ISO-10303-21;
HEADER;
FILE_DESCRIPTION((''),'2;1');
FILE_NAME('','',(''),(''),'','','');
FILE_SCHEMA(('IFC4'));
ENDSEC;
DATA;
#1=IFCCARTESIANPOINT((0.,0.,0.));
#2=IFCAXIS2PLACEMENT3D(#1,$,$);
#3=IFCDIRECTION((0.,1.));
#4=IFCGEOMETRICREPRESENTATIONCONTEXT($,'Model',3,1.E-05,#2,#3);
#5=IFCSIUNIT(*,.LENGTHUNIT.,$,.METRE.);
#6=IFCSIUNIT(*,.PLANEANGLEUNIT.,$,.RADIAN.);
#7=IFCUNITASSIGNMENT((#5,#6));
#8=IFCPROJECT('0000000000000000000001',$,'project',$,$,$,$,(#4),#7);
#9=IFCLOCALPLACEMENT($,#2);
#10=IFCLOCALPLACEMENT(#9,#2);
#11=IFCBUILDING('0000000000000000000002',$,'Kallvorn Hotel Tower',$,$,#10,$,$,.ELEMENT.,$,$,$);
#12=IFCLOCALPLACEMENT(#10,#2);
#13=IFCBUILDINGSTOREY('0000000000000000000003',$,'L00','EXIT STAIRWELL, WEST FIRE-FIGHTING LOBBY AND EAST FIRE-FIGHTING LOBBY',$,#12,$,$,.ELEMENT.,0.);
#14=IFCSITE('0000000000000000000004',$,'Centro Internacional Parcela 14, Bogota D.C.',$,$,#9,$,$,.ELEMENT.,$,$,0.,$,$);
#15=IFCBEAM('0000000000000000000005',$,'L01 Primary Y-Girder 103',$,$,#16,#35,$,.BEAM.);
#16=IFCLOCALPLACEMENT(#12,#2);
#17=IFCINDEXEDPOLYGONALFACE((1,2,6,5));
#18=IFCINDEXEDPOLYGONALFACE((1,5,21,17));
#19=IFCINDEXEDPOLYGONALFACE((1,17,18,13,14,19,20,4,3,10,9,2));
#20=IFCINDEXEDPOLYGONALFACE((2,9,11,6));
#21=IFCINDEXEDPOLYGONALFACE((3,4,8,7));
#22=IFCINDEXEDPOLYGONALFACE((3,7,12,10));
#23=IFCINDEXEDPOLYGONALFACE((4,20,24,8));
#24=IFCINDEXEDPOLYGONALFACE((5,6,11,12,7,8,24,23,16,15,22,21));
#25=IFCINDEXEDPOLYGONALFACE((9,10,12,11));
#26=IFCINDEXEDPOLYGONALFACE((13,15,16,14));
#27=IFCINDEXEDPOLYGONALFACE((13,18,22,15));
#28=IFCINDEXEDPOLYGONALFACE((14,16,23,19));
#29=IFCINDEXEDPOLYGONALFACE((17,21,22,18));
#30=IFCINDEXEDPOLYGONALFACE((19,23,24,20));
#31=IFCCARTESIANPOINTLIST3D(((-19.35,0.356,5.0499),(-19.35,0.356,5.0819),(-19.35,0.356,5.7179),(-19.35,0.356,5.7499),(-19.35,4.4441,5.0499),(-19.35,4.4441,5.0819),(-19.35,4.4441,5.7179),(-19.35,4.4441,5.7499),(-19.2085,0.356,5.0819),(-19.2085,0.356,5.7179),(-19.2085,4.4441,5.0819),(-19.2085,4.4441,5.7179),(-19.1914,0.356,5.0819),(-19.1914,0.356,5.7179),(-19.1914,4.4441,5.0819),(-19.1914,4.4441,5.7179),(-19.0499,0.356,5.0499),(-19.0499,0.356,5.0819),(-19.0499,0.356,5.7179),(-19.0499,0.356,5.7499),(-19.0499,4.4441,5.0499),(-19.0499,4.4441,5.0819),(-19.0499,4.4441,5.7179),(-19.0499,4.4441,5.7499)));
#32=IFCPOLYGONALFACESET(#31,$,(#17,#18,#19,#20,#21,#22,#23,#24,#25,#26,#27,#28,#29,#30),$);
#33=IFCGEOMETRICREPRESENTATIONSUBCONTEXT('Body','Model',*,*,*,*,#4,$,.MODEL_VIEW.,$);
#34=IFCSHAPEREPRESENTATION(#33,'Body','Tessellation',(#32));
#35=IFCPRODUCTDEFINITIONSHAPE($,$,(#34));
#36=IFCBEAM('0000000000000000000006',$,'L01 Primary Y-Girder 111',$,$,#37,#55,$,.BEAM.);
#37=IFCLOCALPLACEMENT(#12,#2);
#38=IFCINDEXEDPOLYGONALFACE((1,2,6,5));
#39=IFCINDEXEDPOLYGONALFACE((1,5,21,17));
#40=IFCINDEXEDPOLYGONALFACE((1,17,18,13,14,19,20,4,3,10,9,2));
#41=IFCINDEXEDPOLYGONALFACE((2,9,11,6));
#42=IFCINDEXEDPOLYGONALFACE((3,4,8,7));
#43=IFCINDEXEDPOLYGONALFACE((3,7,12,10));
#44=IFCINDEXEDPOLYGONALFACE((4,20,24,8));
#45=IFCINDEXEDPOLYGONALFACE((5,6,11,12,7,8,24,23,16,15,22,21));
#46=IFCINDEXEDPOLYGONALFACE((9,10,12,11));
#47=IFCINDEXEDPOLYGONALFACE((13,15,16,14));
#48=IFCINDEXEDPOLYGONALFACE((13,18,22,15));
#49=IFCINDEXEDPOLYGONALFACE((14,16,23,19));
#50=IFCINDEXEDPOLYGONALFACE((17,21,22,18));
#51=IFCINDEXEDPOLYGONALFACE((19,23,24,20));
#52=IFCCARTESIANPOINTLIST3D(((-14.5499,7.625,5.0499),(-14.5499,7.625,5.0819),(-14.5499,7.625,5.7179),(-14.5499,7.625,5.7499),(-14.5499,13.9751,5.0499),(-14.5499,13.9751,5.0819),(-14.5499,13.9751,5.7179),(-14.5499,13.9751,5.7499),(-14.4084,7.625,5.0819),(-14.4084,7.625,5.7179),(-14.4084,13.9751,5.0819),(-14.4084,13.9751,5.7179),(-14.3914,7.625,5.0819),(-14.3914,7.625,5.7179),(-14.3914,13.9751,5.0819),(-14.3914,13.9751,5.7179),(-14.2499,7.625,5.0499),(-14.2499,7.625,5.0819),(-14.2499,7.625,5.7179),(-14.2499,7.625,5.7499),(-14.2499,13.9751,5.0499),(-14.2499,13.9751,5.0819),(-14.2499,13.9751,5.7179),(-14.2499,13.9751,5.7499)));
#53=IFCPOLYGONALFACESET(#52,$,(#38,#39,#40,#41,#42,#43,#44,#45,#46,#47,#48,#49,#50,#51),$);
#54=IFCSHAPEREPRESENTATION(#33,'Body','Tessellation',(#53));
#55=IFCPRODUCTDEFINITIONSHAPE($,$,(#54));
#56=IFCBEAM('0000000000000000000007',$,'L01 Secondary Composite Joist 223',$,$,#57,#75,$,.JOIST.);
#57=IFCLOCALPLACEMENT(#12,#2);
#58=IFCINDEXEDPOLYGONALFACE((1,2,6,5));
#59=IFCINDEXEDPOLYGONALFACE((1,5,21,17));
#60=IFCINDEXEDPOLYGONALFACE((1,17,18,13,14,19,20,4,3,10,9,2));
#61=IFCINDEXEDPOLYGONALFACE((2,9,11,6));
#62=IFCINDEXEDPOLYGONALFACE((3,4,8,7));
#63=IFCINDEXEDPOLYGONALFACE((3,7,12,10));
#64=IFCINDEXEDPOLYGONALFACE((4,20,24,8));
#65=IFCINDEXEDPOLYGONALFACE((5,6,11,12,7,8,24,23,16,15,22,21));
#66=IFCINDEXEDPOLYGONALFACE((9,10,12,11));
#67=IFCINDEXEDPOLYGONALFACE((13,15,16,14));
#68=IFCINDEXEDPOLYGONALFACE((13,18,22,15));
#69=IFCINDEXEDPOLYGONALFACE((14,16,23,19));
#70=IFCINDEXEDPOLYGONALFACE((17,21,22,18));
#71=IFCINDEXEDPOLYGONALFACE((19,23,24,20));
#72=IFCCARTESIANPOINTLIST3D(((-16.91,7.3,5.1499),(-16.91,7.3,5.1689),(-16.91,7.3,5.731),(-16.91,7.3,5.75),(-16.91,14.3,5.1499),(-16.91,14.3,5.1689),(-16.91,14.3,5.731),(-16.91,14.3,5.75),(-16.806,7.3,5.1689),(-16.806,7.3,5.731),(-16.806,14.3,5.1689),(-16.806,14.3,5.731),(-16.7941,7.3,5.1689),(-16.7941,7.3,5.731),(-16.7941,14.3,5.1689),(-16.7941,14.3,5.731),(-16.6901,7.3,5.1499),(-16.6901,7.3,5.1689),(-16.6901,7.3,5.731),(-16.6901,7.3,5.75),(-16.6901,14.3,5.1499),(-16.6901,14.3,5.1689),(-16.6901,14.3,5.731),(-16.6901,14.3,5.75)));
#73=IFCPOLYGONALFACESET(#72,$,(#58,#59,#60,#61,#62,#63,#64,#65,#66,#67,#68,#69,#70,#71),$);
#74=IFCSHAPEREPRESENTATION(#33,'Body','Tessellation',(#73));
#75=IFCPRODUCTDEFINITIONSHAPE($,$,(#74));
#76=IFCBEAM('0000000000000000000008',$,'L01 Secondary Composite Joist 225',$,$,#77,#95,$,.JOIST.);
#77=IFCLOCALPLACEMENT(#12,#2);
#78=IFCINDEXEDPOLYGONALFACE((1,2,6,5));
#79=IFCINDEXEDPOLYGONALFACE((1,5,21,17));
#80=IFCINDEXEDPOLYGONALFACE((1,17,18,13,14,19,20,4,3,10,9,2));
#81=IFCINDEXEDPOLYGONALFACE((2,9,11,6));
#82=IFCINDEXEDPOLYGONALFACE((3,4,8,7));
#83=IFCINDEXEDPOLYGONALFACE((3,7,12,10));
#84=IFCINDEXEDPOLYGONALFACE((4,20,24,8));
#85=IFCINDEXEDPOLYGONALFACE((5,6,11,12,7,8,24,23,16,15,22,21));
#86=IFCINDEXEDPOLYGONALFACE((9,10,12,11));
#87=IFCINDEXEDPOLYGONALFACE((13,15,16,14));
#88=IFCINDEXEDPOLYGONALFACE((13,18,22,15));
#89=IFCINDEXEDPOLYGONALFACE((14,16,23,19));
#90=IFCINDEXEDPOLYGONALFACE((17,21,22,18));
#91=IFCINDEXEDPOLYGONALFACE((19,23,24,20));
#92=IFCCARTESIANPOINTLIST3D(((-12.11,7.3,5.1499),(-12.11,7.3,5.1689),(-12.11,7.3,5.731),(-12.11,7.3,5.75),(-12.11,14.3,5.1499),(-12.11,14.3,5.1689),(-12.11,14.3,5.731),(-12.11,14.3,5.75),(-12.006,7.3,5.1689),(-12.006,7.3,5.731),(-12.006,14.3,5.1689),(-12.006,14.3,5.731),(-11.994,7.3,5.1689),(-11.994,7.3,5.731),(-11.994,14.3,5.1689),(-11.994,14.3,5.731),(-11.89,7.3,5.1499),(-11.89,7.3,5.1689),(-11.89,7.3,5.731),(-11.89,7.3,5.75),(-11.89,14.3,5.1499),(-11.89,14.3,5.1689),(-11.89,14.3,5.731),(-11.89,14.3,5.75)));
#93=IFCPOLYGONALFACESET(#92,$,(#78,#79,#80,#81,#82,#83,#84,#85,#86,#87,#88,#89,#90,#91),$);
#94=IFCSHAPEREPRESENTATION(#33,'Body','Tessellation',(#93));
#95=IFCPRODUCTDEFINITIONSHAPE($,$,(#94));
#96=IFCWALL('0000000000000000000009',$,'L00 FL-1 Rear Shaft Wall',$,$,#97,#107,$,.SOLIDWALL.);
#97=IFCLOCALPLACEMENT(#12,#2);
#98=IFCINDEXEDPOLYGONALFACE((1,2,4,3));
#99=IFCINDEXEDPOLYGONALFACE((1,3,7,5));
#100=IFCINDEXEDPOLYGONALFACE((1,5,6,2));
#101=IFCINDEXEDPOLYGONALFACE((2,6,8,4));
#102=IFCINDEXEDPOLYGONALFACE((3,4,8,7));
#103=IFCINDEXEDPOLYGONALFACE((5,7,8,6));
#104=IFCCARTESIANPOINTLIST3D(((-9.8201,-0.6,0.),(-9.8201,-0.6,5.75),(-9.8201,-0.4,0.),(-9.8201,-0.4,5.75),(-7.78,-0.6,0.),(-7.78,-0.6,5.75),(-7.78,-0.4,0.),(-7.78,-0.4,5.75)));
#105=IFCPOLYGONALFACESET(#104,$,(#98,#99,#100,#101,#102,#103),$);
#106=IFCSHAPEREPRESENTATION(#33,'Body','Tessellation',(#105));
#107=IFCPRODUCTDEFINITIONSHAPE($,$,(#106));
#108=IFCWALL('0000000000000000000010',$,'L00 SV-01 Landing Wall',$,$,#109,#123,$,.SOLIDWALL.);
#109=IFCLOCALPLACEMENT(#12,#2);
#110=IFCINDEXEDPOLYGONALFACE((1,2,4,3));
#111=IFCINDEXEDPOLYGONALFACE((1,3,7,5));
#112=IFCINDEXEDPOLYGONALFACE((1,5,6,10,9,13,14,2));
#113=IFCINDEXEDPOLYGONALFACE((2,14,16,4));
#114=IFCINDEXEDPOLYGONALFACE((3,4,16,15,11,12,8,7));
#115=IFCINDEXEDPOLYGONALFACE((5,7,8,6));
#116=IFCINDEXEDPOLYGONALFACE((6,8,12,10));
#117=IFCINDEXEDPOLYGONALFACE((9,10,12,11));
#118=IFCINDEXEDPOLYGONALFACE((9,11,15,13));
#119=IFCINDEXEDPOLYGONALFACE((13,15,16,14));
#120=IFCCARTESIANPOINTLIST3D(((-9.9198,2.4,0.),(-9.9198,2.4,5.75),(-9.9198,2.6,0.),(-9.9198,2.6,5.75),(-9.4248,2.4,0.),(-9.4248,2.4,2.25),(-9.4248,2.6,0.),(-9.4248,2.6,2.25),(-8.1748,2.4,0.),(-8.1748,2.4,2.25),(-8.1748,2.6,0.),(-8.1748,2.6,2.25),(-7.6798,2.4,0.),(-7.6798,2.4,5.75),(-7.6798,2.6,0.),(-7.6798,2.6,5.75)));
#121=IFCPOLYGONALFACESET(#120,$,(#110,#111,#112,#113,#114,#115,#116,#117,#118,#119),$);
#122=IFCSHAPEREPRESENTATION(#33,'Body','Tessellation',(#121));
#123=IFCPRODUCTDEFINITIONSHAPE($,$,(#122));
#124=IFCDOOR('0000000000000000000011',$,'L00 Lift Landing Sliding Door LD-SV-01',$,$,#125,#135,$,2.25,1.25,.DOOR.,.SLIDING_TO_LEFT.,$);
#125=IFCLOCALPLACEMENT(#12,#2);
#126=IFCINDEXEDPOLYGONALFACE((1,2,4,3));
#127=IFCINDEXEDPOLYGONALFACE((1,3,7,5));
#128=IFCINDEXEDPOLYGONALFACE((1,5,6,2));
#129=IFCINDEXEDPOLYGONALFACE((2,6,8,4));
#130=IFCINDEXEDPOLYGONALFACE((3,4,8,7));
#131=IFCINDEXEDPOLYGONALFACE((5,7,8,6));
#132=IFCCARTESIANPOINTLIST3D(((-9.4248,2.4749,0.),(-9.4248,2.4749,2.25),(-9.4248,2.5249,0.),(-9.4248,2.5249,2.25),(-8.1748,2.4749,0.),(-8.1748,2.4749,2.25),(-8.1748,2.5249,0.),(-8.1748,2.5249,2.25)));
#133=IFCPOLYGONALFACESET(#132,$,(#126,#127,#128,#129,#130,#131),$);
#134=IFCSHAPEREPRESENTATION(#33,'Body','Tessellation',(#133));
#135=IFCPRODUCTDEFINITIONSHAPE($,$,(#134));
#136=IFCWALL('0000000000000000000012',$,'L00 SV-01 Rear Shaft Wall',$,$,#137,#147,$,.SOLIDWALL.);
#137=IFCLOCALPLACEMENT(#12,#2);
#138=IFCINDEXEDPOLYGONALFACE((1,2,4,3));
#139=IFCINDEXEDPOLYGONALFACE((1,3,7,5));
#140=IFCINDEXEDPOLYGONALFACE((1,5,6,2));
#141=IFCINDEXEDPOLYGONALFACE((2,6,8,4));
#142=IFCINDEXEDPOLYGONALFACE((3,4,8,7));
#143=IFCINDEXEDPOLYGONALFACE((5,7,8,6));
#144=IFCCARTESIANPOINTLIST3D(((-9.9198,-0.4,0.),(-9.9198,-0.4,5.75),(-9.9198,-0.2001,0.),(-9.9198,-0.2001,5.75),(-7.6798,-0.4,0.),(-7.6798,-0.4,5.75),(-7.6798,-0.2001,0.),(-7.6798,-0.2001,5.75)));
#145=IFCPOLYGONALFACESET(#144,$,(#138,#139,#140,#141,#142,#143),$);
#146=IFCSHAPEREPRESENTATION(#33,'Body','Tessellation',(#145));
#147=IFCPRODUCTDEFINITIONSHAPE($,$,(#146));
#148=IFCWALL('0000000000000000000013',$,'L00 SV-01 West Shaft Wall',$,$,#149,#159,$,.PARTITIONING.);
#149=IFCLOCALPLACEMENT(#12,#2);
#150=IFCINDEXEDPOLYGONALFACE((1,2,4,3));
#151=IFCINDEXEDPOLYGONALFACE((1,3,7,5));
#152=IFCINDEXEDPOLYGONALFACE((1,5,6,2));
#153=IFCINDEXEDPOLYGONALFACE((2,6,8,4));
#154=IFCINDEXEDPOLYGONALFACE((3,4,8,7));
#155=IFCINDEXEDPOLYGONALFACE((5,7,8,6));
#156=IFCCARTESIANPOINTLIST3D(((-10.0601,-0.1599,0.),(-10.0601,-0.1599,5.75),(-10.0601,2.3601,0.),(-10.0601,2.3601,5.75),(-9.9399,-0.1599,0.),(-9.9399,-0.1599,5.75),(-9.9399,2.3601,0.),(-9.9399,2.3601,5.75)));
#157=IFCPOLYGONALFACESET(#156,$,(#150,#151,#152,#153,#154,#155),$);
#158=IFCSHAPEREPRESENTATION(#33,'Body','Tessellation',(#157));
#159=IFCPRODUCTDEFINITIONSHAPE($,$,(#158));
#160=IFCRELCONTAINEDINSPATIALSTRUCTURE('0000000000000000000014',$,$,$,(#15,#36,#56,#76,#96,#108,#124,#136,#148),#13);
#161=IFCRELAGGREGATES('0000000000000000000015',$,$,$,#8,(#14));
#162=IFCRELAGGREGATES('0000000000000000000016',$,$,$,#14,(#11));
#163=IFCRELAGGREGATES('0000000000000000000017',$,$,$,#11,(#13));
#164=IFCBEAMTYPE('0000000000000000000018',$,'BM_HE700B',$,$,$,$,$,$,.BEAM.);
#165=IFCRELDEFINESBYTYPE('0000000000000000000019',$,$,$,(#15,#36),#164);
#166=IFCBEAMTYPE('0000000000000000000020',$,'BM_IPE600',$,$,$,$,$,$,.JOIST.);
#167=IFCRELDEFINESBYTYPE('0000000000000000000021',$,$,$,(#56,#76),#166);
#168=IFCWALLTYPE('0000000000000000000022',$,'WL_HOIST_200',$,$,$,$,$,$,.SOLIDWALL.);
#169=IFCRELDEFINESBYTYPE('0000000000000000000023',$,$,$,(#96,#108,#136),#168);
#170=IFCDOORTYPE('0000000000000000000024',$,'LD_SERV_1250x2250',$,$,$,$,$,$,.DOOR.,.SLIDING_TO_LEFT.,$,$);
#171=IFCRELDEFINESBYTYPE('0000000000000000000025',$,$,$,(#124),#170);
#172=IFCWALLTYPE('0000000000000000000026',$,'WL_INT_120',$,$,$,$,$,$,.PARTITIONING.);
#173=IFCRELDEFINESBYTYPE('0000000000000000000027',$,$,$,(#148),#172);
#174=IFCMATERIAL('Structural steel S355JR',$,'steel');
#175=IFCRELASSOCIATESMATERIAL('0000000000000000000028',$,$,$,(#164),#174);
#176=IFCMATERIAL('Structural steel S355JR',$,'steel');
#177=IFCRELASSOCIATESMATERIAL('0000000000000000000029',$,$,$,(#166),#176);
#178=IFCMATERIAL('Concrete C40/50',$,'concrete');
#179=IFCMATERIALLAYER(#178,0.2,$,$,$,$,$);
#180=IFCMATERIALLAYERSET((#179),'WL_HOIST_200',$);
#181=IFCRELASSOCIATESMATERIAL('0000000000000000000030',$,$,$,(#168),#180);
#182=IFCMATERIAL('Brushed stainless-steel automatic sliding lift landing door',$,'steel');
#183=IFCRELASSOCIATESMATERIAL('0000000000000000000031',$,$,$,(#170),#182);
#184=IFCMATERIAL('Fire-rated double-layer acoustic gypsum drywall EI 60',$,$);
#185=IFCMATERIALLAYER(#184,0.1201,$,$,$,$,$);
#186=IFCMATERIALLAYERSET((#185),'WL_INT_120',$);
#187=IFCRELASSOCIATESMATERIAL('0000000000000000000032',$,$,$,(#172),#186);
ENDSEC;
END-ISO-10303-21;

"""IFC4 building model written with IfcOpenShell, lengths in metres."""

from ifc_helpers import new_model, si_unit, direction, frame, frame_2d, origin, origin_2d, place, context, subcontext, project, spatial, rectangle, i_section, extrude, material, layer, layer_set, material_profile, profile_set, type_object, element, fill, save


model = new_model("IFC4")

# Units and contexts
model_context = context("Model", 3, precision=1e-05, world=origin(), true_north=direction((0.0, 1.0)))
body_context = subcontext(model_context, "Body", "Model", "MODEL_VIEW")
ifc_project = project(units=[si_unit("LENGTHUNIT", "METRE"), si_unit("PLANEANGLEUNIT", "RADIAN")], contexts=[model_context])

# Site, building, storey
site_placement = place(None, origin())
site = spatial("IfcSite", under=ifc_project, at=site_placement, Name="Centro Internacional Parcela 14, Bogota D.C.", CompositionType="ELEMENT", RefElevation=0.0)
building_placement = place(site_placement, origin())
building = spatial("IfcBuilding", under=site, at=building_placement, Name="Kallvorn Hotel Tower", CompositionType="ELEMENT")
storey_placement = place(building_placement, origin())
storey = spatial("IfcBuildingStorey", under=building, at=storey_placement, Name="L00", Description="EXIT STAIRWELL, WEST FIRE-FIGHTING LOBBY AND EAST FIRE-FIGHTING LOBBY", CompositionType="ELEMENT", Elevation=0.0)

# Beams
ifc_material_1 = material(Name="Structural steel S355JR", Category="steel")
ifc_material_profile_1 = material_profile(ifc_material_1, i_section(OverallWidth=0.3, OverallDepth=0.7, WebThickness=0.0171, FlangeThickness=0.032, at=origin_2d()), Name="HE 700 B")
ifc_profile_set_1 = profile_set([ifc_material_profile_1], Name="Structural steel S355JR")
beam_type_1 = type_object("IfcBeamType", Name="BM_HE700B", PredefinedType="BEAM", material=ifc_profile_set_1)
beam_1_placement = place(storey_placement, frame((-19.2, 0.356, 5.3999), z_axis=(0.0, 1.0, 0.0), x_axis=(-1.0, 0.0, 0.0)))
element("IfcBeam", 1, at=beam_1_placement, inside=storey, type_object=beam_type_1, Name="L01 Primary Y-Girder 103", PredefinedType="BEAM", context=body_context, shape_type="SweptSolid", body=[
    extrude(i_section(OverallWidth=0.3, OverallDepth=0.7, WebThickness=0.0171, FlangeThickness=0.032, at=origin_2d()), origin(), (0.0, 0.0, 1.0), 4.0881),
])
beam_2_placement = place(storey_placement, frame((-14.3999, 7.625, 5.3999), z_axis=(0.0, 1.0, 0.0), x_axis=(-1.0, 0.0, 0.0)))
element("IfcBeam", 2, at=beam_2_placement, inside=storey, type_object=beam_type_1, Name="L01 Primary Y-Girder 111", PredefinedType="BEAM", context=body_context, shape_type="SweptSolid", body=[
    extrude(i_section(OverallWidth=0.3, OverallDepth=0.7, WebThickness=0.0171, FlangeThickness=0.032, at=origin_2d()), origin(), (0.0, 0.0, 1.0), 6.3501),
])
ifc_material_2 = material(Name="Structural steel S355JR", Category="steel")
ifc_material_profile_2 = material_profile(ifc_material_2, i_section(OverallWidth=0.22, OverallDepth=0.6001, WebThickness=0.012, FlangeThickness=0.019, at=origin_2d()), Name="IPE 600")
ifc_profile_set_2 = profile_set([ifc_material_profile_2], Name="Structural steel S355JR")
beam_type_2 = type_object("IfcBeamType", Name="BM_IPE600", PredefinedType="JOIST", material=ifc_profile_set_2)
for number, where, z_axis, x_axis, name in (
    (3, (-16.8, 7.3, 5.45), (0.0, 1.0, 0.0), (-1.0, 0.0, 0.0), "L01 Secondary Composite Joist 223"),
    (4, (-12.0, 7.3, 5.45), (0.0, 1.0, 0.0), (-1.0, 0.0, 0.0), "L01 Secondary Composite Joist 225"),
):
    element("IfcBeam", number, at=place(storey_placement, frame(where, z_axis=z_axis, x_axis=x_axis)), inside=storey, type_object=beam_type_2, Name=name, PredefinedType="JOIST", context=body_context, shape_type="SweptSolid", body=[
        extrude(i_section(OverallWidth=0.22, OverallDepth=0.6001, WebThickness=0.012, FlangeThickness=0.019, at=origin_2d()), origin(), (0.0, 0.0, 1.0), 7.0),
    ])

# Wall
ifc_material_3 = material(Name="Concrete C40/50", Category="concrete")
ifc_layer_1 = layer(ifc_material_3, 0.2)
ifc_layer_set_1 = layer_set([ifc_layer_1], Name="WL_HOIST_200")
wall_type_1 = type_object("IfcWallType", Name="WL_HOIST_200", PredefinedType="SOLIDWALL", material=ifc_layer_set_1)
wall_1_placement = place(storey_placement, frame((-9.8201, -0.5, 0.0), z_axis=(0.0, 0.0, 1.0), x_axis=(1.0, 0.0, 0.0)))
element("IfcWall", 5, at=wall_1_placement, inside=storey, type_object=wall_type_1, Name="L00 FL-1 Rear Shaft Wall", PredefinedType="SOLIDWALL", context=body_context, shape_type="SweptSolid", body=[
    extrude(rectangle(XDim=2.04, YDim=0.2, at=frame_2d((1.02, 0.0))), origin(), (0.0, 0.0, 1.0), 5.75),
])

# Wall, opening, door
wall_2_placement = place(storey_placement, frame((-9.9199, 2.5, 0.0), z_axis=(0.0, 0.0, 1.0), x_axis=(1.0, 0.0, 0.0)))
wall_2 = element("IfcWall", 6, at=wall_2_placement, inside=storey, type_object=wall_type_1, Name="L00 SV-01 Landing Wall", PredefinedType="SOLIDWALL", context=body_context, shape_type="SweptSolid", body=[
    extrude(rectangle(XDim=2.24, YDim=0.2, at=frame_2d((1.1201, 0.0))), origin(), (0.0, 0.0, 1.0), 5.75),
])
opening_1_placement = place(wall_2_placement, frame((0.4951, 0.0, 0.0)))
opening_1 = element("IfcOpeningElement", 7, at=opening_1_placement, cuts=wall_2, PredefinedType="OPENING", context=body_context, shape_type="SweptSolid", body=[
    extrude(rectangle(XDim=1.25, YDim=2.25, at=frame_2d((0.625, 1.125))), frame((0.0, 0.115, 0.0), z_axis=(0.0, -1.0, 0.0), x_axis=(1.0, 0.0, 0.0)), (0.0, 0.0, 1.0), 0.23),
])
ifc_material_4 = material(Name="Brushed stainless-steel automatic sliding lift landing door", Category="steel")
door_type_1 = type_object("IfcDoorType", Name="LD_SERV_1250x2250", OperationType="SLIDING_TO_LEFT", PredefinedType="DOOR", material=ifc_material_4)
door_1_placement = place(opening_1_placement, origin())
door_1 = element("IfcDoor", 8, at=door_1_placement, inside=storey, type_object=door_type_1, Name="L00 Lift Landing Sliding Door LD-SV-01", OperationType="SLIDING_TO_LEFT", OverallHeight=2.25, OverallWidth=1.25, PredefinedType="DOOR", context=body_context, shape_type="SweptSolid", body=[
    extrude(rectangle(XDim=1.25, YDim=2.25, at=frame_2d((0.625, 1.125))), frame((0.0, 0.0249, 0.0), z_axis=(0.0, -1.0, 0.0), x_axis=(1.0, 0.0, 0.0)), (0.0, 0.0, 1.0), 0.05),
])
fill(opening_1, door_1)

# Walls
wall_3_placement = place(storey_placement, frame((-9.9199, -0.3, 0.0), z_axis=(0.0, 0.0, 1.0), x_axis=(1.0, 0.0, 0.0)))
element("IfcWall", 9, at=wall_3_placement, inside=storey, type_object=wall_type_1, Name="L00 SV-01 Rear Shaft Wall", PredefinedType="SOLIDWALL", context=body_context, shape_type="SweptSolid", body=[
    extrude(rectangle(XDim=2.24, YDim=0.2, at=frame_2d((1.1201, 0.0))), origin(), (0.0, 0.0, 1.0), 5.75),
])
ifc_material_5 = material(Name="Fire-rated double-layer acoustic gypsum drywall EI 60")
ifc_layer_2 = layer(ifc_material_5, 0.1201)
ifc_layer_set_2 = layer_set([ifc_layer_2], Name="WL_INT_120")
wall_type_2 = type_object("IfcWallType", Name="WL_INT_120", PredefinedType="PARTITIONING", material=ifc_layer_set_2)
wall_4_placement = place(storey_placement, frame((-10.0, -0.1599, 0.0), z_axis=(0.0, 0.0, 1.0), x_axis=(0.0, 1.0, 0.0)))
element("IfcWall", 10, at=wall_4_placement, inside=storey, type_object=wall_type_2, Name="L00 SV-01 West Shaft Wall", PredefinedType="PARTITIONING", context=body_context, shape_type="SweptSolid", body=[
    extrude(rectangle(XDim=2.52, YDim=0.1201, at=frame_2d((1.26, 0.0))), origin(), (0.0, 0.0, 1.0), 5.75),
])

save(model, "model.ifc")
